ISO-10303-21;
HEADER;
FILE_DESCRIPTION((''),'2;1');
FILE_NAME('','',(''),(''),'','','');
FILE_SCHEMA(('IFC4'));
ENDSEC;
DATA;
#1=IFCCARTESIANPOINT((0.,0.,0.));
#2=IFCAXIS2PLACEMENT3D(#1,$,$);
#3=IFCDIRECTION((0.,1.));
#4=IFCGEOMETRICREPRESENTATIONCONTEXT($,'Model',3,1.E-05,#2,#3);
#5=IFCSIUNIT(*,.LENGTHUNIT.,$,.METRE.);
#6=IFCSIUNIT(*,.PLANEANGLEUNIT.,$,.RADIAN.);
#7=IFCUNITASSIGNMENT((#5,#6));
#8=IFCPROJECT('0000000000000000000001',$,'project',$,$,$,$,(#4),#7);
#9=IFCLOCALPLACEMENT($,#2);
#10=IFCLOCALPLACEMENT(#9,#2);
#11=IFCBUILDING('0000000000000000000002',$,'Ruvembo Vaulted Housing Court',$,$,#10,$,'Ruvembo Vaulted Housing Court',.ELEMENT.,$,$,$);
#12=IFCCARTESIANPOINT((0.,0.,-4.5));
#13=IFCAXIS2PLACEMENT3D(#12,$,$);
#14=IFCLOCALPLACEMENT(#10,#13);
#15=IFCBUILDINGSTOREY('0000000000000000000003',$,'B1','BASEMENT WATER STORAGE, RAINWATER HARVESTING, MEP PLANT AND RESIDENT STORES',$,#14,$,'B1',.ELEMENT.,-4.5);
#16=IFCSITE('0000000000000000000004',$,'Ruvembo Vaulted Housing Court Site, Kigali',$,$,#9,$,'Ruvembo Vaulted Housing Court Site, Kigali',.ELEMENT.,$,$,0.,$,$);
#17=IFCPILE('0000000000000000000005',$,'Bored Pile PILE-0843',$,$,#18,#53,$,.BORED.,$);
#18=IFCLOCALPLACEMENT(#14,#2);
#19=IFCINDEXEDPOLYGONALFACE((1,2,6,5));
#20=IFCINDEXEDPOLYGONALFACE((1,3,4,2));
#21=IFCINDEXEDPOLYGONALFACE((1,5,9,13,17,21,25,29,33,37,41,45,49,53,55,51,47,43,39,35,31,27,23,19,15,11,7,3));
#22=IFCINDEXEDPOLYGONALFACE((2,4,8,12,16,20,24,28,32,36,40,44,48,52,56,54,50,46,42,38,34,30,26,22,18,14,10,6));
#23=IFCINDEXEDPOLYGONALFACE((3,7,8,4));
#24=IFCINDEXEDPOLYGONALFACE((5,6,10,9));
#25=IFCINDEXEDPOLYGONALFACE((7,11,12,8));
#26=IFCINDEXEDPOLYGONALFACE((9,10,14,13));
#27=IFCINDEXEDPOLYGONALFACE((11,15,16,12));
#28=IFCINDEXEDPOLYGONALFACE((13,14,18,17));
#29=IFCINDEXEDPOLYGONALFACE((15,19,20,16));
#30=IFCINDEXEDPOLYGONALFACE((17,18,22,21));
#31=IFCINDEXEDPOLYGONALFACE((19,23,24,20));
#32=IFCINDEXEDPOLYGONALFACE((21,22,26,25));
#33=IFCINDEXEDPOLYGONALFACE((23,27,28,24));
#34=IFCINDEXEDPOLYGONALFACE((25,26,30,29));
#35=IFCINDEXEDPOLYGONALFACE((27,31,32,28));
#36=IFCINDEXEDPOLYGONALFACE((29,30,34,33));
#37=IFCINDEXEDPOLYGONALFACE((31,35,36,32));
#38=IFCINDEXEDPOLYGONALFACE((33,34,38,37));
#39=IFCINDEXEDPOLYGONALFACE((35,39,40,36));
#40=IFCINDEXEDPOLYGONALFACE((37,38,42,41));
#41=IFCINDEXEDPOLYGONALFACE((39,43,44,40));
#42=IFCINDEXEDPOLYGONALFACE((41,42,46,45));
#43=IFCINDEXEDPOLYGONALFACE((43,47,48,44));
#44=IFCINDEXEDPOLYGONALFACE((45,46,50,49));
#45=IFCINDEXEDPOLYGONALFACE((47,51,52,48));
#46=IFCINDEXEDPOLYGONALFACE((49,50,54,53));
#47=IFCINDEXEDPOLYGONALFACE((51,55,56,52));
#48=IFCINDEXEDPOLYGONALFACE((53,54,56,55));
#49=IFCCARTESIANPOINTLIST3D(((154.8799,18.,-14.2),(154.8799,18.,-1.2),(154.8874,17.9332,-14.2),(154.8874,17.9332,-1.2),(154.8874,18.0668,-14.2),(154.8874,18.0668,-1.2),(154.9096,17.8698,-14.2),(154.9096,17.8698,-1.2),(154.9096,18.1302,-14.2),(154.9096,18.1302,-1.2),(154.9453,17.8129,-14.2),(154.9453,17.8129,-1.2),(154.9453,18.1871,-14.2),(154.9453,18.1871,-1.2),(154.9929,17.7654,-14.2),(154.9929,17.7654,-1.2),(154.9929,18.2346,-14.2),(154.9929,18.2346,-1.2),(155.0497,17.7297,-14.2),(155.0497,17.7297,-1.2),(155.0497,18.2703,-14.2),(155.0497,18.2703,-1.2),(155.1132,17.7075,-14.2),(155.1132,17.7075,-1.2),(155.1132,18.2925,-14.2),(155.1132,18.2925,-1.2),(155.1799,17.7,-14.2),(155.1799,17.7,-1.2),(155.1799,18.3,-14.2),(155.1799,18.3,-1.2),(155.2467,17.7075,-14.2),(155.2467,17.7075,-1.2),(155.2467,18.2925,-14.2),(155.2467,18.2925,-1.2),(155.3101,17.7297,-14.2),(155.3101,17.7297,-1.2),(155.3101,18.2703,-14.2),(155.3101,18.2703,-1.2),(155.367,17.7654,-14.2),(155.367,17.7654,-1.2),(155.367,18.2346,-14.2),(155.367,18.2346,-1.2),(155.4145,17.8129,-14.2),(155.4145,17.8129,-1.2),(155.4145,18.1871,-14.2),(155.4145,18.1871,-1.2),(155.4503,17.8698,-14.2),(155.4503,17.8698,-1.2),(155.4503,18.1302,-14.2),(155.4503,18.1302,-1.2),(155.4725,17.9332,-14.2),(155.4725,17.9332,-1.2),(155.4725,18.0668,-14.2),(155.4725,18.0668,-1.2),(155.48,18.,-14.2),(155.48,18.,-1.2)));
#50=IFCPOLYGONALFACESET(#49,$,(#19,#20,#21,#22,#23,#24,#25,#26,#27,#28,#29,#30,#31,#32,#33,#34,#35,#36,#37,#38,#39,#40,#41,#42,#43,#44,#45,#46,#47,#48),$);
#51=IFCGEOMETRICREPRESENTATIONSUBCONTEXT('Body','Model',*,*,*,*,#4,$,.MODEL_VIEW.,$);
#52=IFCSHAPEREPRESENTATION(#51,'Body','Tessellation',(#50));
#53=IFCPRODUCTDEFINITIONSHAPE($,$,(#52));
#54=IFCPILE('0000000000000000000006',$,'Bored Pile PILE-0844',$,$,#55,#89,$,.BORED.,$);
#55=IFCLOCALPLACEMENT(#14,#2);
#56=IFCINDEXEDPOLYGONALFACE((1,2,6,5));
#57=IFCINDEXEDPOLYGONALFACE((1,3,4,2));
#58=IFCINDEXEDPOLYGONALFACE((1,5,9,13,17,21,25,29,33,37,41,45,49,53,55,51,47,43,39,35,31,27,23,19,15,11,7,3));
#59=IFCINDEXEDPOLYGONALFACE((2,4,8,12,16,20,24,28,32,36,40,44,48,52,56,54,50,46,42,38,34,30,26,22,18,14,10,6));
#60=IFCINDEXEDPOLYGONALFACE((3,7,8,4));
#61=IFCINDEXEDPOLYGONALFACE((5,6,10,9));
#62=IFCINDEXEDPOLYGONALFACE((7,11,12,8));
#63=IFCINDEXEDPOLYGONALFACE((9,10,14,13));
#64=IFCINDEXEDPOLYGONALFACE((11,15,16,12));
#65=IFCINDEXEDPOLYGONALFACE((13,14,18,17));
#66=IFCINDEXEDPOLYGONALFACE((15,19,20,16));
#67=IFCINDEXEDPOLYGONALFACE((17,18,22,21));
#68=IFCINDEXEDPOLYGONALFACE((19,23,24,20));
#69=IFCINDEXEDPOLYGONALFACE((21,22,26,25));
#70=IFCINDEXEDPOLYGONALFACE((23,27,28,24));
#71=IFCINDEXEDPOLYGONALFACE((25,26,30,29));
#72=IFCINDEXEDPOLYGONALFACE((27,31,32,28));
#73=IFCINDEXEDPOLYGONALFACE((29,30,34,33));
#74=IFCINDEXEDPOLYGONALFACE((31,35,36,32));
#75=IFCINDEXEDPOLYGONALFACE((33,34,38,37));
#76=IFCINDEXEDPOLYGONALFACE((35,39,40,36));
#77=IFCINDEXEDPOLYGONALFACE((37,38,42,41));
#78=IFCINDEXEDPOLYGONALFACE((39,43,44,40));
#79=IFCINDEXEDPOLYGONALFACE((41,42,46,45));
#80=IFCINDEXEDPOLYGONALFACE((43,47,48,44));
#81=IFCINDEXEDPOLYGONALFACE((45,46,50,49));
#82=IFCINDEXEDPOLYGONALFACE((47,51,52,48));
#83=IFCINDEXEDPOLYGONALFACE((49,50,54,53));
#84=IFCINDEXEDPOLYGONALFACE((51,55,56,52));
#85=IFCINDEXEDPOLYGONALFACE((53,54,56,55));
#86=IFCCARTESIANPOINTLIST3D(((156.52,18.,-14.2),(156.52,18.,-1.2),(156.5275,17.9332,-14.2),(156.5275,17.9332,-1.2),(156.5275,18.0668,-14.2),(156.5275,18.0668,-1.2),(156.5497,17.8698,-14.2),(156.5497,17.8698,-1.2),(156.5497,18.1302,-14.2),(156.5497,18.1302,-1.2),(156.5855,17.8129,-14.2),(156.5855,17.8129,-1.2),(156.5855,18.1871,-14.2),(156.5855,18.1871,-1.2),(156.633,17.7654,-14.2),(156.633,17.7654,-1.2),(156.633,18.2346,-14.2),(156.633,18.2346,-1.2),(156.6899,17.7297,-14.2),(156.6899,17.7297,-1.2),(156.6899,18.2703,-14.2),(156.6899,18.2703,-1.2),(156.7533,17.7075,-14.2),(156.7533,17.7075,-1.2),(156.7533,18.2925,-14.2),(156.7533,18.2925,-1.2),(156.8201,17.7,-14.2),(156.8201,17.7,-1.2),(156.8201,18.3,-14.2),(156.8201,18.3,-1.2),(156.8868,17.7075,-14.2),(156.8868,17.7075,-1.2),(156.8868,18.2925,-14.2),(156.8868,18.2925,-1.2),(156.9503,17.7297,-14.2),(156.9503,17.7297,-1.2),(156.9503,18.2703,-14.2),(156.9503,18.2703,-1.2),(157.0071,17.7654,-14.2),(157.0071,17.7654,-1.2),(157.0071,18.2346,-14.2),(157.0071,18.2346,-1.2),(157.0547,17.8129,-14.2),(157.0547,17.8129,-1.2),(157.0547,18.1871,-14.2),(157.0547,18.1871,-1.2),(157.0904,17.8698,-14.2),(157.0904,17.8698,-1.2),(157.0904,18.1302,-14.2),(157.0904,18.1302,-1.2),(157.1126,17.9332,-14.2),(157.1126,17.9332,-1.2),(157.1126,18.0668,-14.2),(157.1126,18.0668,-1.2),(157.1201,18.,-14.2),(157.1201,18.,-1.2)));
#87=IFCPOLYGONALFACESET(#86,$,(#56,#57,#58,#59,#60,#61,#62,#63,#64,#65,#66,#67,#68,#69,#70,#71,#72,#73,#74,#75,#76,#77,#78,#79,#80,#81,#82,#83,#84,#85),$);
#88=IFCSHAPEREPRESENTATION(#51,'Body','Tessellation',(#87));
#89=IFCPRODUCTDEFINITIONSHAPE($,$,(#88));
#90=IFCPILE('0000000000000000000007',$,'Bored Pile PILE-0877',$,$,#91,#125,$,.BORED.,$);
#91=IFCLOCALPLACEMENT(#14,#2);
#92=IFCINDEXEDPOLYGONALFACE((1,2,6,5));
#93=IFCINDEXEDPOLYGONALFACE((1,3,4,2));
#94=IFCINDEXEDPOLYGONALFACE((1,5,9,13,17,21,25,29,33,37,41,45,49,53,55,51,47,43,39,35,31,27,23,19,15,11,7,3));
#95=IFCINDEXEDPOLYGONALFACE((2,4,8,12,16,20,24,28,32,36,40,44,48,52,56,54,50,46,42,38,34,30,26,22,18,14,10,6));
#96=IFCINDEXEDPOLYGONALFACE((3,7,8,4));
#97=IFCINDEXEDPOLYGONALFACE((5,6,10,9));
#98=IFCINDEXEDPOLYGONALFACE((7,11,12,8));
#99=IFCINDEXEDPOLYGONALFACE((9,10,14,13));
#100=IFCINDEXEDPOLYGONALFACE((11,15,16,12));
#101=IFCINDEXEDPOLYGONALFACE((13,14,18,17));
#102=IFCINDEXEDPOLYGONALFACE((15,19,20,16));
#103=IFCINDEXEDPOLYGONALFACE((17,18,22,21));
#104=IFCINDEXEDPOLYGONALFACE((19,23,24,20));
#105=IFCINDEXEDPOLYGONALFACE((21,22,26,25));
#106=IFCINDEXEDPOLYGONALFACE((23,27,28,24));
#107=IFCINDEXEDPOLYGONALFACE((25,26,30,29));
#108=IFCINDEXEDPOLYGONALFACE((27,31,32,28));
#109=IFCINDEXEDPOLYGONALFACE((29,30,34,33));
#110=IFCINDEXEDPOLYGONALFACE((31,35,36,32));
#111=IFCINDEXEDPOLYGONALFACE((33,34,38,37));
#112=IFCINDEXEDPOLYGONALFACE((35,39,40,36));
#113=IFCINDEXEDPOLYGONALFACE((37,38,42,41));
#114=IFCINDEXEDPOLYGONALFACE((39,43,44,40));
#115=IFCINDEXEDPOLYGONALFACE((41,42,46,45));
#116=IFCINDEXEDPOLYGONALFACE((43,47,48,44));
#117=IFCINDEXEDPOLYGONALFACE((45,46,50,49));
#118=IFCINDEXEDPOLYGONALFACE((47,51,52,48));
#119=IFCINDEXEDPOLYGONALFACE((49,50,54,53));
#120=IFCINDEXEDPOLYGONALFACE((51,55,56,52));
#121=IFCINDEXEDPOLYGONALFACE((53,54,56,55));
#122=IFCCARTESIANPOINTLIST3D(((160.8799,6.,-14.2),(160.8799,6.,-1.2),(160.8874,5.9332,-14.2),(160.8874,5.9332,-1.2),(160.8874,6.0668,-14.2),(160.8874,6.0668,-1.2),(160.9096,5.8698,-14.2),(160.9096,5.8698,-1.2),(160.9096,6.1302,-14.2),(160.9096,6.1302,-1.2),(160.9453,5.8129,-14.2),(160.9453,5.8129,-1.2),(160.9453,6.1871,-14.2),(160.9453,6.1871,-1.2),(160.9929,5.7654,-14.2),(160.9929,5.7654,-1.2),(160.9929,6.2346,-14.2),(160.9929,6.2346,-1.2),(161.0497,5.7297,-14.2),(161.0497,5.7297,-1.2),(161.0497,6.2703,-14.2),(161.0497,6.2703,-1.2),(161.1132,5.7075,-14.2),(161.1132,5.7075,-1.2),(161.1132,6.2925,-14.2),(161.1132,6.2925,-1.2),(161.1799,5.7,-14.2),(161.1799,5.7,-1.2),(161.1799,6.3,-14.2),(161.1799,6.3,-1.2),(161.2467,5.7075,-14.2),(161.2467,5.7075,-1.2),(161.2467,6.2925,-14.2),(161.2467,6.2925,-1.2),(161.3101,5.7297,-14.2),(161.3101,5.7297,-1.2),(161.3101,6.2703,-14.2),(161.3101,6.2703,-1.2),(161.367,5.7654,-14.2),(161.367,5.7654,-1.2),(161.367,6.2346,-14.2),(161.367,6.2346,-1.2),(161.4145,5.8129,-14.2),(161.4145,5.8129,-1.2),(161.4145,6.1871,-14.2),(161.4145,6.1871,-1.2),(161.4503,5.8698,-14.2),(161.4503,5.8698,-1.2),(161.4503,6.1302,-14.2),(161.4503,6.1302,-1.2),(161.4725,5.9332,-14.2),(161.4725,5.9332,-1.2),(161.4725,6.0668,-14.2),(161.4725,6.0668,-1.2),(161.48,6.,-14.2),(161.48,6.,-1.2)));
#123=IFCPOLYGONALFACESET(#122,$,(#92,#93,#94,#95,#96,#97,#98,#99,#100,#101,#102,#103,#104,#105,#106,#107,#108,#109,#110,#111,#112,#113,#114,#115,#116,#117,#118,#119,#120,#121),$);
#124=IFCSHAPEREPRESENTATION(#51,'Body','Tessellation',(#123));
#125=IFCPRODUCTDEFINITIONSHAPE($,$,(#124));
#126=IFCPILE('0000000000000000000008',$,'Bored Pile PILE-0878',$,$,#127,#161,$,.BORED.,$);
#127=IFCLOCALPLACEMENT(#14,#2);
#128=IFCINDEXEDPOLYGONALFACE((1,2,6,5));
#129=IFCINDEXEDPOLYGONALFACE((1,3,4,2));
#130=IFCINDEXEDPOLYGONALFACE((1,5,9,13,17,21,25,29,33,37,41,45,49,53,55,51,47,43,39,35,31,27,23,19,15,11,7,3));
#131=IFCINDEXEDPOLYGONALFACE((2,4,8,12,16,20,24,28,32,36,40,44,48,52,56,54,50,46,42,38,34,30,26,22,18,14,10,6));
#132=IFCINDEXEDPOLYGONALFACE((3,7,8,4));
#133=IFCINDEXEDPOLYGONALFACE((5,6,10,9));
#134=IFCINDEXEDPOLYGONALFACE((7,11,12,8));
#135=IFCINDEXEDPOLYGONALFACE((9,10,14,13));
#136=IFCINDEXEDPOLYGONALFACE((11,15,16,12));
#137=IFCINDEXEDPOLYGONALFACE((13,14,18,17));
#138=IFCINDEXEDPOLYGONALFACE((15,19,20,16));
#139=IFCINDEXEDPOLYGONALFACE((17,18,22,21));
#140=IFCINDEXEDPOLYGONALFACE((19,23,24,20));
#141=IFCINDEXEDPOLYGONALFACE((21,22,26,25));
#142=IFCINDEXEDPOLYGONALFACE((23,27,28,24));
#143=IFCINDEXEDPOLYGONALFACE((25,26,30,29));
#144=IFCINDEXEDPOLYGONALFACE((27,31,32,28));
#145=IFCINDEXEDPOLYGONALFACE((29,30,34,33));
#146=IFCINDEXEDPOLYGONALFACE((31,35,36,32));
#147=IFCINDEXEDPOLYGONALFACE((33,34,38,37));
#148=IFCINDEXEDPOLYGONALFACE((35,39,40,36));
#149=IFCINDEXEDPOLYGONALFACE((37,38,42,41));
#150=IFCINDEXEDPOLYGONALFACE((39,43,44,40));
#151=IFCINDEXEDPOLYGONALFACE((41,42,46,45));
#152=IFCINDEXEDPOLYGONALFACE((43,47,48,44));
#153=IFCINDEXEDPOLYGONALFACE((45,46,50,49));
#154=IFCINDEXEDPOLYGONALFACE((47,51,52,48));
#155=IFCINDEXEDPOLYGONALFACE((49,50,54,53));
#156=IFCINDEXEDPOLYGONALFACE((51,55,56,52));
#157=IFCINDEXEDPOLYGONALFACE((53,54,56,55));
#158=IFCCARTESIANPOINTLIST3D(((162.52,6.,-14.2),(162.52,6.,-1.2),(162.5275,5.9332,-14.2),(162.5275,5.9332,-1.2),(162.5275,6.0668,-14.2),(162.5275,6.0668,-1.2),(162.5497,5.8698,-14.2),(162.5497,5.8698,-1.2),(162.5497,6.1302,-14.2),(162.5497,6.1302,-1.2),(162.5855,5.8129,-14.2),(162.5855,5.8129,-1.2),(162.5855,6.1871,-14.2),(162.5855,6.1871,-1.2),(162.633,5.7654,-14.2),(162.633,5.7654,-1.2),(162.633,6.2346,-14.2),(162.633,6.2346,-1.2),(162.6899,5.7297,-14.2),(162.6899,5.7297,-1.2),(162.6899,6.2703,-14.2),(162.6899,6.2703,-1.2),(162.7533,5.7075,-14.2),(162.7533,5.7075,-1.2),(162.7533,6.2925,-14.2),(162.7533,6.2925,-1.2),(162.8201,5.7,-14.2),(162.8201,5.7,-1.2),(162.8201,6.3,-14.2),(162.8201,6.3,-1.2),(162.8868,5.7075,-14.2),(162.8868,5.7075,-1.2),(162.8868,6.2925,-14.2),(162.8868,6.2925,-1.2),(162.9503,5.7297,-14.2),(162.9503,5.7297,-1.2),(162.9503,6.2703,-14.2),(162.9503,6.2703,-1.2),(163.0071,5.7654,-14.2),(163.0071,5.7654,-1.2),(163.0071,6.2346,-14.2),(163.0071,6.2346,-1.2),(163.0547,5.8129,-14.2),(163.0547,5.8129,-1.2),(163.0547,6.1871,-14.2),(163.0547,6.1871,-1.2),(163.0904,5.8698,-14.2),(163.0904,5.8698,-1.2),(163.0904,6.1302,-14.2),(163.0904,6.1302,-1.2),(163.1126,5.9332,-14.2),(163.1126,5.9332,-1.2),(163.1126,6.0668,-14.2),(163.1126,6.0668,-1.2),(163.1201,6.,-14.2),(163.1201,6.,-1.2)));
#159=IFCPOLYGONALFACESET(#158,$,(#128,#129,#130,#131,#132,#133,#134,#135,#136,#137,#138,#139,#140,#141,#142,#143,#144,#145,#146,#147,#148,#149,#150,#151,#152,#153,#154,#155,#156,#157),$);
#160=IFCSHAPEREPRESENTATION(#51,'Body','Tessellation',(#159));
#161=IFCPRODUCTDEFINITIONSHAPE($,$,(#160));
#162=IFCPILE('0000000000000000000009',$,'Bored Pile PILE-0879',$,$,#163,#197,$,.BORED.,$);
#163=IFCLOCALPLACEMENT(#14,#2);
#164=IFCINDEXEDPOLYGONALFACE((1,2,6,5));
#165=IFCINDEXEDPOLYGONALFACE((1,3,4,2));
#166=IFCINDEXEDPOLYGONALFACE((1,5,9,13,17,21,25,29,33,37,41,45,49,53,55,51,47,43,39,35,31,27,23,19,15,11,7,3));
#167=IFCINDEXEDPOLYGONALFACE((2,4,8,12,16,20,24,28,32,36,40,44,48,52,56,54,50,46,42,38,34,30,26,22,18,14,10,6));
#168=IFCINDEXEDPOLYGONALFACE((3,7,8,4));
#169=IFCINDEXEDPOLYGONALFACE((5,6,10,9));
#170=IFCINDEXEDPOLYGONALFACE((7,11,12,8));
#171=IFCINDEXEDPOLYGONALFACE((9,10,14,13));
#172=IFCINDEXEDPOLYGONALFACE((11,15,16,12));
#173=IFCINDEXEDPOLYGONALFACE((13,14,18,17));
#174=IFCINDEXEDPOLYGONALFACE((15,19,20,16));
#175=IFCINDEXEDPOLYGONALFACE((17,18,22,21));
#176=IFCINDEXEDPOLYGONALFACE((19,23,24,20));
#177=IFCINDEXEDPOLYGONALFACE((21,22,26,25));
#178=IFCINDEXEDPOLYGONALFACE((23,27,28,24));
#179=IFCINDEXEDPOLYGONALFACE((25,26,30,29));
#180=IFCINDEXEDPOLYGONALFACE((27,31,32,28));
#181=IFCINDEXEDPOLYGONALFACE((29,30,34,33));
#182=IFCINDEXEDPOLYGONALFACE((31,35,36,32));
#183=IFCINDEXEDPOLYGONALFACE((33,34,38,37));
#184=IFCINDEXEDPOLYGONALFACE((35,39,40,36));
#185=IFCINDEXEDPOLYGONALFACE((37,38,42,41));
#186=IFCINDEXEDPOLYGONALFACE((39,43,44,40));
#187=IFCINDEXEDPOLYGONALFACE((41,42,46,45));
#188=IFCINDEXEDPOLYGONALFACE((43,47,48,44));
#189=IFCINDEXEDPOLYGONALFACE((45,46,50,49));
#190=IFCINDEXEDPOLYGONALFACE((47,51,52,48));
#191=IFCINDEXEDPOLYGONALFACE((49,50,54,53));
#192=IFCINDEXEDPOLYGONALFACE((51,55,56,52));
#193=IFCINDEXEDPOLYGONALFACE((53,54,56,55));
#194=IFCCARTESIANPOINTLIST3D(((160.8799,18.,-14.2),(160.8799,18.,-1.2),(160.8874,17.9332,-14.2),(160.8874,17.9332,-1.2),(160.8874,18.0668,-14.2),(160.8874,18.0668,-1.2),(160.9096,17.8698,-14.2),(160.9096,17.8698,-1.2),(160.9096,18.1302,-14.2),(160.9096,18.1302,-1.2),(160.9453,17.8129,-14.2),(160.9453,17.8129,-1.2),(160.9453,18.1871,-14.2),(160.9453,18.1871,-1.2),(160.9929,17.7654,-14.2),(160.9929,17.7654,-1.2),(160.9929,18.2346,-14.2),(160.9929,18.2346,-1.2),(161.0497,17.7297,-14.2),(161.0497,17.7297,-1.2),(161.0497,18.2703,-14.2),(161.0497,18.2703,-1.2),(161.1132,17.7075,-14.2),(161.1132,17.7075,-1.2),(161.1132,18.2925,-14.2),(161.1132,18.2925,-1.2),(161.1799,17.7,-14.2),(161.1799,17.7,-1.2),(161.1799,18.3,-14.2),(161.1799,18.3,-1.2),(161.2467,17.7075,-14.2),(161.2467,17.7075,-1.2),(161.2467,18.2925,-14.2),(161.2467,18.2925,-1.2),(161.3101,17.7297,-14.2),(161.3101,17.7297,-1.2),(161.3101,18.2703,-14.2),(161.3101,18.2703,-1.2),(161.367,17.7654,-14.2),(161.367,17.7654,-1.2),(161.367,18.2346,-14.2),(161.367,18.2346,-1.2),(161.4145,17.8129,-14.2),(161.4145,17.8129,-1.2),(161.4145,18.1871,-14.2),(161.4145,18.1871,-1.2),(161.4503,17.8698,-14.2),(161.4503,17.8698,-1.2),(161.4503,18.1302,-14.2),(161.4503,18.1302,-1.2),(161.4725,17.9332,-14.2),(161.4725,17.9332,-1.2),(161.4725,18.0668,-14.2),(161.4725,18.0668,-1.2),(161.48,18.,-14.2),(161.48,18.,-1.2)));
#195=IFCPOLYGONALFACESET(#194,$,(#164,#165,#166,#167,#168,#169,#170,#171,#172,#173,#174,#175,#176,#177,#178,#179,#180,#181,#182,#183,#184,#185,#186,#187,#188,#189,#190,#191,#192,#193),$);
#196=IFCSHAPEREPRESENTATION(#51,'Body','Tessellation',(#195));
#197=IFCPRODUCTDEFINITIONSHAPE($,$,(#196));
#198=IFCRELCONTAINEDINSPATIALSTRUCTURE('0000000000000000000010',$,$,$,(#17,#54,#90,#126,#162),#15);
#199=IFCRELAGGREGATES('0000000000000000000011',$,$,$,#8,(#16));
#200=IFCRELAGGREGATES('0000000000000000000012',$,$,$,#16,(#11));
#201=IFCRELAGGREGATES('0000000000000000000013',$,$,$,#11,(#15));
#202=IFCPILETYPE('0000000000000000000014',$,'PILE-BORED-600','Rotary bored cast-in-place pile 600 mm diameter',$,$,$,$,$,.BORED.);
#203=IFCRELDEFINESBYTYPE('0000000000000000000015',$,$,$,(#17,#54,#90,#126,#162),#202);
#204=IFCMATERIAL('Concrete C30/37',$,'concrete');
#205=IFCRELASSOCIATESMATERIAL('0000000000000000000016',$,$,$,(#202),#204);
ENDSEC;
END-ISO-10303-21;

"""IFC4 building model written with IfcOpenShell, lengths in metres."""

from ifc_helpers import new_model, si_unit, direction, frame, origin, origin_2d, place, context, subcontext, project, spatial, circle, extrude, material, material_profile, profile_set, type_object, element, save


model = new_model("IFC4")

# Units and contexts
model_context = context("Model", 3, precision=1e-05, world=origin(), true_north=direction((0.0, 1.0)))
body_context = subcontext(model_context, "Body", "Model", "MODEL_VIEW")
ifc_project = project(units=[si_unit("LENGTHUNIT", "METRE"), si_unit("PLANEANGLEUNIT", "RADIAN")], contexts=[model_context])

# Site, building, storey
site_placement = place(None, origin())
site = spatial("IfcSite", under=ifc_project, at=site_placement, Name="Ruvembo Vaulted Housing Court Site, Kigali", LongName="Ruvembo Vaulted Housing Court Site, Kigali", CompositionType="ELEMENT", RefElevation=0.0)
building_placement = place(site_placement, origin())
building = spatial("IfcBuilding", under=site, at=building_placement, Name="Ruvembo Vaulted Housing Court", LongName="Ruvembo Vaulted Housing Court", CompositionType="ELEMENT")
storey_placement = place(building_placement, frame((0.0, 0.0, -4.5)))
storey = spatial("IfcBuildingStorey", under=building, at=storey_placement, Name="B1", Description="BASEMENT WATER STORAGE, RAINWATER HARVESTING, MEP PLANT AND RESIDENT STORES", LongName="B1", CompositionType="ELEMENT", Elevation=-4.5)

# Piles
ifc_material_1 = material(Name="Concrete C30/37", Category="concrete")
ifc_material_profile_1 = material_profile(ifc_material_1, circle(Radius=0.3, at=origin_2d()), Name="PILE D600")
ifc_profile_set_1 = profile_set([ifc_material_profile_1], Name="Concrete C30/37")
pile_type = type_object("IfcPileType", Name="PILE-BORED-600", Description="Rotary bored cast-in-place pile 600 mm diameter", PredefinedType="BORED", material=ifc_profile_set_1)
for number, where, z_axis, x_axis, name in (
    (1, (155.1799, 18.0, -1.2), (0.0, 0.0, -1.0), (1.0, 0.0, 0.0), "Bored Pile PILE-0843"),
    (2, (156.8201, 18.0, -1.2), (0.0, 0.0, -1.0), (1.0, 0.0, 0.0), "Bored Pile PILE-0844"),
    (3, (161.1799, 6.0, -1.2), (0.0, 0.0, -1.0), (1.0, 0.0, 0.0), "Bored Pile PILE-0877"),
    (4, (162.8201, 6.0, -1.2), (0.0, 0.0, -1.0), (1.0, 0.0, 0.0), "Bored Pile PILE-0878"),
    (5, (161.1799, 18.0, -1.2), (0.0, 0.0, -1.0), (1.0, 0.0, 0.0), "Bored Pile PILE-0879"),
):
    element("IfcPile", number, at=place(storey_placement, frame(where, z_axis=z_axis, x_axis=x_axis)), inside=storey, type_object=pile_type, Name=name, PredefinedType="BORED", context=body_context, shape_type="SweptSolid", body=[
        extrude(circle(Radius=0.3, at=origin_2d()), origin(), (0.0, 0.0, 1.0), 13.0),
    ])

save(model, "model.ifc")
